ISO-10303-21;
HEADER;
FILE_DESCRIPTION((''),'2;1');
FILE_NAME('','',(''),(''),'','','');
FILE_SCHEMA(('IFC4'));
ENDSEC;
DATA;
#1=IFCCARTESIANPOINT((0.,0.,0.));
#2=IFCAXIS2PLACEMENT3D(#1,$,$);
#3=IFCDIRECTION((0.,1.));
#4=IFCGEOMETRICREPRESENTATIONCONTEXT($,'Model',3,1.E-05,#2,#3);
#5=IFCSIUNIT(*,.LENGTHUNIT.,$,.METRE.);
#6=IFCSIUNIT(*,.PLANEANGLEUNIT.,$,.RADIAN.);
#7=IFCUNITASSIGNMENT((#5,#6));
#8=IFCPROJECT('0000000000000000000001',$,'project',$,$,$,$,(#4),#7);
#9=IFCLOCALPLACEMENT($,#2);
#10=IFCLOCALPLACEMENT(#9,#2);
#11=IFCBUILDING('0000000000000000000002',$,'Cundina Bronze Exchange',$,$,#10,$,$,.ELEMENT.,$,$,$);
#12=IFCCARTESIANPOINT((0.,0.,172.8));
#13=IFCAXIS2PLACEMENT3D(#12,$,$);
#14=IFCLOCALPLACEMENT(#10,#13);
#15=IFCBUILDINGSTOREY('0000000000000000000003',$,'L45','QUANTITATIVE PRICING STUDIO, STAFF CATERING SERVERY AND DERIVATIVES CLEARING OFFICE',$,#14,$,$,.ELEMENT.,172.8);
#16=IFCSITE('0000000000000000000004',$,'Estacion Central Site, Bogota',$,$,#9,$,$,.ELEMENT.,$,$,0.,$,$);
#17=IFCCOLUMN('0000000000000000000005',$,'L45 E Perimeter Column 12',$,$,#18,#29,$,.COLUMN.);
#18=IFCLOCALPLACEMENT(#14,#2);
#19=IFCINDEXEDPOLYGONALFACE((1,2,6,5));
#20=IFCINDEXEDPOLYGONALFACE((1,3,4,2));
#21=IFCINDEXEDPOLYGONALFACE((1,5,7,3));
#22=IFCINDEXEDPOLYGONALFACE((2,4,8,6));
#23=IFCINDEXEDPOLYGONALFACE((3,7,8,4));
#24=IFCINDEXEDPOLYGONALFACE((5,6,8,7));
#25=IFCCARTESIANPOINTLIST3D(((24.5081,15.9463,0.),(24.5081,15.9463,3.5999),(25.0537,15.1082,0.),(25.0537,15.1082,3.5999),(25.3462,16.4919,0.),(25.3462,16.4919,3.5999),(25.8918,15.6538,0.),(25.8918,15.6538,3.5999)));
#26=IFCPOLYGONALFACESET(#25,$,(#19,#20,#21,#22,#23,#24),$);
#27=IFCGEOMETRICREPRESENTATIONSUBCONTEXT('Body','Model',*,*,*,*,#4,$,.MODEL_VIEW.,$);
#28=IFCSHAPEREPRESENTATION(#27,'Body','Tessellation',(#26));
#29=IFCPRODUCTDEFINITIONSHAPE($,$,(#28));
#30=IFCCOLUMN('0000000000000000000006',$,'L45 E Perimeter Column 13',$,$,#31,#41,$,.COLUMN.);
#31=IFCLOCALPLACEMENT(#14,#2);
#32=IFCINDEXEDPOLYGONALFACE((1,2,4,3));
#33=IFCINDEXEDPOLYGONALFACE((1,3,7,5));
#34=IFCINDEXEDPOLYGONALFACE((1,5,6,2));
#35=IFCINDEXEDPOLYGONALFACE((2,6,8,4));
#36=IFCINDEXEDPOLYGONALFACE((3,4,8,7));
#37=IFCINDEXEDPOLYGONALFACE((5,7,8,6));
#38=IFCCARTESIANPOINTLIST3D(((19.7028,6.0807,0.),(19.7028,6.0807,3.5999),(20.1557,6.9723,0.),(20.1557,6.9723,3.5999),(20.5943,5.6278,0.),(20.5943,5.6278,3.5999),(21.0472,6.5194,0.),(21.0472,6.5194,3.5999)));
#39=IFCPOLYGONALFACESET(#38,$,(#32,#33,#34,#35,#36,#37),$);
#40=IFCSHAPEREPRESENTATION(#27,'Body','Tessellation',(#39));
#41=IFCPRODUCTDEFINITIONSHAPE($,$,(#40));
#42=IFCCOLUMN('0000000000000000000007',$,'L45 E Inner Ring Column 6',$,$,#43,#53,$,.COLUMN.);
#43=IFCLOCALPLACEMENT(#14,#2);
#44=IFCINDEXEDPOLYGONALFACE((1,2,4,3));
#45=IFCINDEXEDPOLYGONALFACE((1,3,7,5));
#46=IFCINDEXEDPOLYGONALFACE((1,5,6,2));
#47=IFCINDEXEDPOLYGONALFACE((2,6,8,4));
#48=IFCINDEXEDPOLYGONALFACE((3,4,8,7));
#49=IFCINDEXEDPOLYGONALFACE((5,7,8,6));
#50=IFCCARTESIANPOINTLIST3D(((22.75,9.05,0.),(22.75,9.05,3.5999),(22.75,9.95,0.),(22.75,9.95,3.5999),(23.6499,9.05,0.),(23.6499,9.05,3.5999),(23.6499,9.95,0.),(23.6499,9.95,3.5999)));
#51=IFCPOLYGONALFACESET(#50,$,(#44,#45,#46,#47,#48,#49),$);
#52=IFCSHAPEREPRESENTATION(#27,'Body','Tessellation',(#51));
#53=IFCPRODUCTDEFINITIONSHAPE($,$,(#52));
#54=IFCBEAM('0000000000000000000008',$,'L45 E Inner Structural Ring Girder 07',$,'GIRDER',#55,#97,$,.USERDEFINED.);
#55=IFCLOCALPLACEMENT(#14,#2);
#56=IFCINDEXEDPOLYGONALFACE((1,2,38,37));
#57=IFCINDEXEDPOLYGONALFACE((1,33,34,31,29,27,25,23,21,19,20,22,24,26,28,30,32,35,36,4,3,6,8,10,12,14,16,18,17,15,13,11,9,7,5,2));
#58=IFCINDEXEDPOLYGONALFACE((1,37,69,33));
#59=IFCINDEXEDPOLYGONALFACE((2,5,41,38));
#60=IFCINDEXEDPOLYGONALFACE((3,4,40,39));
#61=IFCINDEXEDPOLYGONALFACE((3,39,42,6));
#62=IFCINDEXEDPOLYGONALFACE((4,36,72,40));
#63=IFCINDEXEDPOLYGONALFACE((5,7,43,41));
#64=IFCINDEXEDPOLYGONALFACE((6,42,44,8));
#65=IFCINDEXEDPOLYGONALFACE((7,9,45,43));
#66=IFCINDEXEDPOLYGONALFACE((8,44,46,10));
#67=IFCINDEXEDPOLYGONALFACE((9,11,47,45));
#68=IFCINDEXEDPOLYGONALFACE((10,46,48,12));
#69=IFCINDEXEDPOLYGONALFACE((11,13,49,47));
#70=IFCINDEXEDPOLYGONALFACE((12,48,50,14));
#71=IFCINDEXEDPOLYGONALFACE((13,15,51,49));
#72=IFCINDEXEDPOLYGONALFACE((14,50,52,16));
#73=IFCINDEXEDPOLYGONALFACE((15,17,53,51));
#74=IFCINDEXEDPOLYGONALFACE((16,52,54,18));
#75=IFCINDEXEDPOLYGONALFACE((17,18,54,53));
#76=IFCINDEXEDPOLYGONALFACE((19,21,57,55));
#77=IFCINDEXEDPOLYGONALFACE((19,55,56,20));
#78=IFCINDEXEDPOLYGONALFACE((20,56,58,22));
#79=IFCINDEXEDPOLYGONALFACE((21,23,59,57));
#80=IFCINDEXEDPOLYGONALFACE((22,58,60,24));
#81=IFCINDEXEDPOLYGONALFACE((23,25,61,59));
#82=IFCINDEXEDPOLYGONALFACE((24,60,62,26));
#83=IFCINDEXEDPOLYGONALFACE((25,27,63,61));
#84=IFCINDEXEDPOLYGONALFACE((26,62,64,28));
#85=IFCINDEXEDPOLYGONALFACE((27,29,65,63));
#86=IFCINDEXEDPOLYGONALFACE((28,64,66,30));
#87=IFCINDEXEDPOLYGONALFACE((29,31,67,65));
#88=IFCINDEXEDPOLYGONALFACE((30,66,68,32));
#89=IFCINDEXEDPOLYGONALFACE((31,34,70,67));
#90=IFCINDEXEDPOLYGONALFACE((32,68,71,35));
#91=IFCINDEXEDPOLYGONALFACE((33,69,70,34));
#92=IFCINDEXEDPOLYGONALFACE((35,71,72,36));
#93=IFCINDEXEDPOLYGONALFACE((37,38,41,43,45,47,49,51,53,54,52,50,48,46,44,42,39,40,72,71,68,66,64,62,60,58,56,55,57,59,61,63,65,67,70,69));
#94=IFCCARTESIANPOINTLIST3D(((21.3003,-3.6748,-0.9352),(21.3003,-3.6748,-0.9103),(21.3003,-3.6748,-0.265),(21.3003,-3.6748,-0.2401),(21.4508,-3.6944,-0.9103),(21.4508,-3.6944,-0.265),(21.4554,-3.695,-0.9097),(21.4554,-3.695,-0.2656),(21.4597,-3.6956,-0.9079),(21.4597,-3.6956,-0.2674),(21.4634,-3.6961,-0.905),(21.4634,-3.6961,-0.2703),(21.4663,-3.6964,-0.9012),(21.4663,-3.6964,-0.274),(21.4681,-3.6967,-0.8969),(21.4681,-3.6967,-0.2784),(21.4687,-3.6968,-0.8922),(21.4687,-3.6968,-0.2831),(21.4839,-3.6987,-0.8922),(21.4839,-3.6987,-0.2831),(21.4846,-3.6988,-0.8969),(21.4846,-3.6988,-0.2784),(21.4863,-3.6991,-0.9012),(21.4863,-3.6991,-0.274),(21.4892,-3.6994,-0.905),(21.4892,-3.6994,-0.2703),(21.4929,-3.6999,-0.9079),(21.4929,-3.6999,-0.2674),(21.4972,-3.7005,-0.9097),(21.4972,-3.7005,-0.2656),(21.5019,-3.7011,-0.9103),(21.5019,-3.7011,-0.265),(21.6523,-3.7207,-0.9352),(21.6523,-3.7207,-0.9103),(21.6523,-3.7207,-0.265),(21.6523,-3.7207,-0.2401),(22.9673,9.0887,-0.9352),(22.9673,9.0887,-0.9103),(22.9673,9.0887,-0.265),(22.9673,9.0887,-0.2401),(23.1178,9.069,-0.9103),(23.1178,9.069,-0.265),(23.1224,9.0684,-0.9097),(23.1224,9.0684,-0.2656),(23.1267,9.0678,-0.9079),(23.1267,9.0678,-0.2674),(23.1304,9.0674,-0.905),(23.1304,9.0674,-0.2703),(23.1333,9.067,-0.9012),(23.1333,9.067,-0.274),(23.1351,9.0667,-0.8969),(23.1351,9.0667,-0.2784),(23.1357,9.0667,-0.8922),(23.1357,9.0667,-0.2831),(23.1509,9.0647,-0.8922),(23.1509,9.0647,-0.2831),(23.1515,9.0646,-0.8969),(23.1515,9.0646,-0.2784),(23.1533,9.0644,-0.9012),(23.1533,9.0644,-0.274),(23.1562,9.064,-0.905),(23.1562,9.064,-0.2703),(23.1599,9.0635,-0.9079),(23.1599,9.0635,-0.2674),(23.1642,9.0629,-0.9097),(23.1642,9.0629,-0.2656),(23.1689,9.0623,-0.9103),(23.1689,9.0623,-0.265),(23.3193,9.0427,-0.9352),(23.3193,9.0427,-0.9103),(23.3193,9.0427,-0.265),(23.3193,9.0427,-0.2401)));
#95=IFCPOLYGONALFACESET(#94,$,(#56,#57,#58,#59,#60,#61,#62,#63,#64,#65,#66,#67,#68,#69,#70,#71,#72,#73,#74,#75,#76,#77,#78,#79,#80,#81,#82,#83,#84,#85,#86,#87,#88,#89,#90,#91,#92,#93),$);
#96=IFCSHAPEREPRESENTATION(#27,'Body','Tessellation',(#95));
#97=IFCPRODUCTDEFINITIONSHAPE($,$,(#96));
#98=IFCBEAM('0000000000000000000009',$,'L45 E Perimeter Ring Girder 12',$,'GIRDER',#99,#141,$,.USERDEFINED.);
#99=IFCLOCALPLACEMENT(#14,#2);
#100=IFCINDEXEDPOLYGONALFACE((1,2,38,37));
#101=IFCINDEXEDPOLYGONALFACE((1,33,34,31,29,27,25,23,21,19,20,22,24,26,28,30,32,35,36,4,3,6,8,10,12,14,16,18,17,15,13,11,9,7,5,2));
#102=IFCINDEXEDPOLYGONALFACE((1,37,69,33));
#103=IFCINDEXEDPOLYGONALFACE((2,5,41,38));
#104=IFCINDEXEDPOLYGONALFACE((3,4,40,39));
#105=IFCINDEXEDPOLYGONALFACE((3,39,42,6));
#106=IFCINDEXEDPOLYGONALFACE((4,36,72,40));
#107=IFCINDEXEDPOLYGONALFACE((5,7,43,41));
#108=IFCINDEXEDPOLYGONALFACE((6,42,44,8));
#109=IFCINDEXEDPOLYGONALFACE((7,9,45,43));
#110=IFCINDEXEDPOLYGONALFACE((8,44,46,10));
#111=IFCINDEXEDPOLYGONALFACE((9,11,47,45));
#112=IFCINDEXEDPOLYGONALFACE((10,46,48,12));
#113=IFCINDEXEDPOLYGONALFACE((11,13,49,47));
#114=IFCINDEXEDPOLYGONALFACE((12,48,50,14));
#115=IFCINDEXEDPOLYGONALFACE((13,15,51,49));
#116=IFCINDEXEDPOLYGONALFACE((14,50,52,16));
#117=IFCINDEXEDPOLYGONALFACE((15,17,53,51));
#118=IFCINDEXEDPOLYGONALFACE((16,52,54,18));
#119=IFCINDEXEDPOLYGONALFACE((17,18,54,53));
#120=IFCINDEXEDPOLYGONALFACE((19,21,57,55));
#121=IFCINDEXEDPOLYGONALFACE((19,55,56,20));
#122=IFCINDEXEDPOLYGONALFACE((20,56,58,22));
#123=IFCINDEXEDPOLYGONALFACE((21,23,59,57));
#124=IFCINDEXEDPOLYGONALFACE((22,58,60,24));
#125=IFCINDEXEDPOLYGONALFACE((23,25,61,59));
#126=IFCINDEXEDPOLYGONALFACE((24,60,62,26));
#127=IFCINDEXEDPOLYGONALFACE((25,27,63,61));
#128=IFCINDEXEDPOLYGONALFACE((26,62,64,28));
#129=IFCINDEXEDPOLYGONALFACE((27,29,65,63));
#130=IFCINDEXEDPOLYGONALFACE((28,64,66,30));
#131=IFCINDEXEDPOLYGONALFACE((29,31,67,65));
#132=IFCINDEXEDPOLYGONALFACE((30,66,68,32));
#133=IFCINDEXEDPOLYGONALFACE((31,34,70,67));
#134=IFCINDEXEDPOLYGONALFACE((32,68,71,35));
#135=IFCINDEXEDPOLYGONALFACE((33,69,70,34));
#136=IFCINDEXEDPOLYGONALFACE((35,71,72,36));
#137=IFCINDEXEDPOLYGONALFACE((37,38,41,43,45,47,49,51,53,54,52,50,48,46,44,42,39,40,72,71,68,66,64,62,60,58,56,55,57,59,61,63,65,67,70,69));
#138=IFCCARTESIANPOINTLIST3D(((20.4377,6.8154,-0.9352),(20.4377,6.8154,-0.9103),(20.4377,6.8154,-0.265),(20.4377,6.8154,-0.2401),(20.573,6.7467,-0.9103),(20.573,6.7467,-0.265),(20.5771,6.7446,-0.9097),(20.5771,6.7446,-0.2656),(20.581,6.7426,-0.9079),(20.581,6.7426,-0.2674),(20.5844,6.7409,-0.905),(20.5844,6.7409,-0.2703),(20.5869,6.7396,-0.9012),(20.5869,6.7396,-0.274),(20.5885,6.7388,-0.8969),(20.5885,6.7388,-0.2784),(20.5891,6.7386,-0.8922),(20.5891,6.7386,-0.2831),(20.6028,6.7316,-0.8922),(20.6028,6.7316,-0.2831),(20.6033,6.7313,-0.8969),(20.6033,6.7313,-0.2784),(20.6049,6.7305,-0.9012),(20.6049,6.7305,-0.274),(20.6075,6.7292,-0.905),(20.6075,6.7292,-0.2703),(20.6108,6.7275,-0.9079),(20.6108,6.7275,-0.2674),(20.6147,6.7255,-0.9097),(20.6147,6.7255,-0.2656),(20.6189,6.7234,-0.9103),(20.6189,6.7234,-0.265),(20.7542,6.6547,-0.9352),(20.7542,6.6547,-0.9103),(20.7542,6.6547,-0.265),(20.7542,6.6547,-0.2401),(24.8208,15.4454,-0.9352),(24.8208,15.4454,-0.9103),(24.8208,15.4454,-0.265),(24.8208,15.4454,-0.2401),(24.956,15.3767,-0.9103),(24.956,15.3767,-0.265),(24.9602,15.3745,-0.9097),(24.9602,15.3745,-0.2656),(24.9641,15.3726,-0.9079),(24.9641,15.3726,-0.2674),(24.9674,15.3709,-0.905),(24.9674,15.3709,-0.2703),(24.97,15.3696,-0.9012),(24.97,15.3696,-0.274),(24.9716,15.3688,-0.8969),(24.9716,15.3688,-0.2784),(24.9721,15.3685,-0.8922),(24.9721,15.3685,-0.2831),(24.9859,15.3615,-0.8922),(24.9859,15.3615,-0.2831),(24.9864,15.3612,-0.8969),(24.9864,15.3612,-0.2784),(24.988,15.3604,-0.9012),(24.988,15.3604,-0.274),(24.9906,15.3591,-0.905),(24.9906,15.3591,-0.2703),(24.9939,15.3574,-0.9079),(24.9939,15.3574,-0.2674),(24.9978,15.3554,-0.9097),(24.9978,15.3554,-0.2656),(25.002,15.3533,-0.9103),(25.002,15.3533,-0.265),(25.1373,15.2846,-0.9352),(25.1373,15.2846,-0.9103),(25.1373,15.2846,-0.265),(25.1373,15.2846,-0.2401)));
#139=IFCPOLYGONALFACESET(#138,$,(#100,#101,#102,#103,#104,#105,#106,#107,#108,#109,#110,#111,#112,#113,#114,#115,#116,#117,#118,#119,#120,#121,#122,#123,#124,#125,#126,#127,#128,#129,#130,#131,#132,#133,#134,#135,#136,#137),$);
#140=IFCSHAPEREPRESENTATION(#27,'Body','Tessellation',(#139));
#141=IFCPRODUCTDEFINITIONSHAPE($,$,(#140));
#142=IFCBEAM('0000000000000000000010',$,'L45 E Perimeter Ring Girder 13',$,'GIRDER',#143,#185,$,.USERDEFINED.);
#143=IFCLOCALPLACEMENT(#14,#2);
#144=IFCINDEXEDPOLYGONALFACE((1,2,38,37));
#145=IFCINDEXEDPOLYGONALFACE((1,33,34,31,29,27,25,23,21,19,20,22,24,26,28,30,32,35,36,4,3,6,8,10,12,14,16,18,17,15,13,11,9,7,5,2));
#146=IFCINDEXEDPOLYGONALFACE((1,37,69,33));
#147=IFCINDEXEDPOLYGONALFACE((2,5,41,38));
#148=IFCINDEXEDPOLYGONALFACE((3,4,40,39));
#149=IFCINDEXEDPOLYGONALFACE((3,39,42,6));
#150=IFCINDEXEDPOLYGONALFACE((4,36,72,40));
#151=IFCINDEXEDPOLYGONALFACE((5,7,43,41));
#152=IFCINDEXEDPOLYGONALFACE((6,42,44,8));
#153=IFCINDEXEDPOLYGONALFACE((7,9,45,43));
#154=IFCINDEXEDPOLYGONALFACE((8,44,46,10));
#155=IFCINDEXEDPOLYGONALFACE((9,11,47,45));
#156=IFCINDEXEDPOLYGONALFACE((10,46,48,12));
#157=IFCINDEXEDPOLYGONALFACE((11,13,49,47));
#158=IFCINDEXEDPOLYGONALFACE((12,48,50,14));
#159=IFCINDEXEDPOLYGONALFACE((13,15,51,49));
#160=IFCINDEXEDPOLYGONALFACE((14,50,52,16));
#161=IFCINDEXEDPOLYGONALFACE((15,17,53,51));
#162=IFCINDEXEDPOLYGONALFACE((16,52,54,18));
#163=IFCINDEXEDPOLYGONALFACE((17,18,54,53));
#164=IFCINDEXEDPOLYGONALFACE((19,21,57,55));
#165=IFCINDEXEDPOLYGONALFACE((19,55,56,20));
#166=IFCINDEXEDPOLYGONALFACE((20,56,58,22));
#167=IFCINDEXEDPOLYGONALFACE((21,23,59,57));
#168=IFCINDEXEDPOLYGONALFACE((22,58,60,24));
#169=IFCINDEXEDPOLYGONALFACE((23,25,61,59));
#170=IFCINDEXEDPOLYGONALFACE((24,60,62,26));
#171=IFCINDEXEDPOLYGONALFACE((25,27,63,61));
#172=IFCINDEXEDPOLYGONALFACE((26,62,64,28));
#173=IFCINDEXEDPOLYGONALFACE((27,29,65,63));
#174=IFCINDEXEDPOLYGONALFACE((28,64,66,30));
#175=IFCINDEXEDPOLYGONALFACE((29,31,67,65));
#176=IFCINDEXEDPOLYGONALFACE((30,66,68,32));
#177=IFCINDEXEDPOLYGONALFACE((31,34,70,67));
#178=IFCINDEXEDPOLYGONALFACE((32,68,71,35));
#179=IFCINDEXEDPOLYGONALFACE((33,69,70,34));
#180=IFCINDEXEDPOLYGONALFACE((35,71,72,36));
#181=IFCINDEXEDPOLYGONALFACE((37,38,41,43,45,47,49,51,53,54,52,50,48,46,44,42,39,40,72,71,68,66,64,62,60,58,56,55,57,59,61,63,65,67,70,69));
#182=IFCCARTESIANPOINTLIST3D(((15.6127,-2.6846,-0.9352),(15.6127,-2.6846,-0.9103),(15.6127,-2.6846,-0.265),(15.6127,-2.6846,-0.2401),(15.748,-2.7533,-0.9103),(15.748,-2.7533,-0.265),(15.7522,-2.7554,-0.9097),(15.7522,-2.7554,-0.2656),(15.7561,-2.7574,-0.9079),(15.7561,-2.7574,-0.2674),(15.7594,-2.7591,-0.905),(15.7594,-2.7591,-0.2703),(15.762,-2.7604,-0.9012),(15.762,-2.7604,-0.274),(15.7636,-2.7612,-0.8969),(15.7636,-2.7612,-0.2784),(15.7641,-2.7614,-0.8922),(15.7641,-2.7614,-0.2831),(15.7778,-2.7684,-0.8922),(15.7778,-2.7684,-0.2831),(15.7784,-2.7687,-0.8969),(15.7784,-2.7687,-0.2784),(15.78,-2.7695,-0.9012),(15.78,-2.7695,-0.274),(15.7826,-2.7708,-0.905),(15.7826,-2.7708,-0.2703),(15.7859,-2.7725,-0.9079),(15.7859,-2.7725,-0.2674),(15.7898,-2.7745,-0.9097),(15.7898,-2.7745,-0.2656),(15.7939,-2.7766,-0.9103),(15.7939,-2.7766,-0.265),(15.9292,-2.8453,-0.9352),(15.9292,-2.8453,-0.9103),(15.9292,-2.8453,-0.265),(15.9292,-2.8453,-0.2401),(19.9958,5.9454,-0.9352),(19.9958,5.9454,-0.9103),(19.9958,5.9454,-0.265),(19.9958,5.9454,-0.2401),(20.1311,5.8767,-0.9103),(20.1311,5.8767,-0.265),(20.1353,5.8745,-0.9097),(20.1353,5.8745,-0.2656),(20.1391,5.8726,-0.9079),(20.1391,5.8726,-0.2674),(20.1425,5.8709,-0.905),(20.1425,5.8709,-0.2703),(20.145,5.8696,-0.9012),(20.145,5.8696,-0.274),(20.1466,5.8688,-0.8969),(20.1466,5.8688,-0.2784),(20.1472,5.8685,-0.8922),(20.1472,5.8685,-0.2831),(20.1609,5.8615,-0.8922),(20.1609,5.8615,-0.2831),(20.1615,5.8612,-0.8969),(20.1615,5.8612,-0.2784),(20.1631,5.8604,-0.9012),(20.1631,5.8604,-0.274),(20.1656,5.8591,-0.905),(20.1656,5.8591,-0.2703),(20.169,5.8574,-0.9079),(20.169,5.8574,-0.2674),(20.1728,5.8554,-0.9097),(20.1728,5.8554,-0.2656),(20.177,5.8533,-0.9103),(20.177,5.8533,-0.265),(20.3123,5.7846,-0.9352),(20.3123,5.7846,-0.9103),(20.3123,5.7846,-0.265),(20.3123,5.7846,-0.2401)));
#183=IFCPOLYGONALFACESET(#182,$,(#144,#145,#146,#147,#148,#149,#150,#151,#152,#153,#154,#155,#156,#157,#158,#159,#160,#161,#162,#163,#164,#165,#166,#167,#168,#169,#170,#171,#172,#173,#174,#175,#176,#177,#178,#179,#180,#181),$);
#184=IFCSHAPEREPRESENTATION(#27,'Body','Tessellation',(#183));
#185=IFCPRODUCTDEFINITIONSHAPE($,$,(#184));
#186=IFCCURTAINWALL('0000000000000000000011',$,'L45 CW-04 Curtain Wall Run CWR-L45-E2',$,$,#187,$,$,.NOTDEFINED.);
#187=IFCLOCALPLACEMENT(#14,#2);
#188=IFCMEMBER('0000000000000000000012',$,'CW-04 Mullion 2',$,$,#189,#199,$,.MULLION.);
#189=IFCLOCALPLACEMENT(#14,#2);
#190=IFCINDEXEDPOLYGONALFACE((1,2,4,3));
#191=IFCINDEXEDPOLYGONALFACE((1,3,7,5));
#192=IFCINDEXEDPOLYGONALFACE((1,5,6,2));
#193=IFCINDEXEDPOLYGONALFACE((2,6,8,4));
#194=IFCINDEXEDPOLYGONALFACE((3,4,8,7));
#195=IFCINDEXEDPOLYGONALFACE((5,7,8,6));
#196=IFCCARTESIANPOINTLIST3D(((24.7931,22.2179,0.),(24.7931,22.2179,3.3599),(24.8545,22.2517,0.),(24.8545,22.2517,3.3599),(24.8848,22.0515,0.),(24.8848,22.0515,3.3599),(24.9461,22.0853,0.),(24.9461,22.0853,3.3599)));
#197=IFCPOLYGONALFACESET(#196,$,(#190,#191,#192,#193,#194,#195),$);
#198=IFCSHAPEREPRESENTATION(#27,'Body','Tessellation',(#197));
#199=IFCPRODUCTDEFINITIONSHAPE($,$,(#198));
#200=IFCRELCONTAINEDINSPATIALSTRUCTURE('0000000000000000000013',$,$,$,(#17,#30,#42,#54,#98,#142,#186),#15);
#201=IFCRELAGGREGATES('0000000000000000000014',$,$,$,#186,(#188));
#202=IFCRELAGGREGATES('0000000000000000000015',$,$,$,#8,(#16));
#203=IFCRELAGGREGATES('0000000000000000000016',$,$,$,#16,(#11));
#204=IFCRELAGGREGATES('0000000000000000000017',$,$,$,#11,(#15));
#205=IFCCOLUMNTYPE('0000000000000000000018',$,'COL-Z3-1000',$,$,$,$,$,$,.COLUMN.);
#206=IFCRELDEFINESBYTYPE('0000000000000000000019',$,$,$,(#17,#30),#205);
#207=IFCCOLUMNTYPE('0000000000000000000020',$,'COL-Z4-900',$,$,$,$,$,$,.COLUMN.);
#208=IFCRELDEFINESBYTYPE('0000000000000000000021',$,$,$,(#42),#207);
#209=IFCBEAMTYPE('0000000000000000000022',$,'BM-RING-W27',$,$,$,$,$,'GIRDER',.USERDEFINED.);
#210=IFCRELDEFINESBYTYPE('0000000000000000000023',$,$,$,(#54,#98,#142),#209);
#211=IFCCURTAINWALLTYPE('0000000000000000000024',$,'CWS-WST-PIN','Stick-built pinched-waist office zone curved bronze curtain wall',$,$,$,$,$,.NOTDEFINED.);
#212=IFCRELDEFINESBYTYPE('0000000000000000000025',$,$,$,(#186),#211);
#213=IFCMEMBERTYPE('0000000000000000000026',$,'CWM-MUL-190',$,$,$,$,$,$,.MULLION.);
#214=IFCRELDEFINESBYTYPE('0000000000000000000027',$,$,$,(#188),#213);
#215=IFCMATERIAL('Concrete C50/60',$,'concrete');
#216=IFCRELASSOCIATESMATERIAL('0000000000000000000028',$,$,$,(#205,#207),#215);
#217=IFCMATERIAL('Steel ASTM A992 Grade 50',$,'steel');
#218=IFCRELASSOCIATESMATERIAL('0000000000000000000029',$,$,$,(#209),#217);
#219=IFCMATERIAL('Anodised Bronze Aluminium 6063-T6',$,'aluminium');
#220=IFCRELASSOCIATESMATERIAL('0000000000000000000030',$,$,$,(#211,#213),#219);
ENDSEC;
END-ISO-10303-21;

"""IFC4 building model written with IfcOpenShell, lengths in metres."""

from ifc_helpers import new_model, si_unit, direction, frame, origin, origin_2d, place, context, subcontext, project, spatial, rectangle, i_section, extrude, material, material_profile, profile_set, type_object, element, aggregate, save


model = new_model("IFC4")

# Units and contexts
model_context = context("Model", 3, precision=1e-05, world=origin(), true_north=direction((0.0, 1.0)))
body_context = subcontext(model_context, "Body", "Model", "MODEL_VIEW")
ifc_project = project(units=[si_unit("LENGTHUNIT", "METRE"), si_unit("PLANEANGLEUNIT", "RADIAN")], contexts=[model_context])

# Site, building, storey
site_placement = place(None, origin())
site = spatial("IfcSite", under=ifc_project, at=site_placement, Name="Estacion Central Site, Bogota", CompositionType="ELEMENT", RefElevation=0.0)
building_placement = place(site_placement, origin())
building = spatial("IfcBuilding", under=site, at=building_placement, Name="Cundina Bronze Exchange", CompositionType="ELEMENT")
storey_placement = place(building_placement, frame((0.0, 0.0, 172.8)))
storey = spatial("IfcBuildingStorey", under=building, at=storey_placement, Name="L45", Description="QUANTITATIVE PRICING STUDIO, STAFF CATERING SERVERY AND DERIVATIVES CLEARING OFFICE", CompositionType="ELEMENT", Elevation=172.8)

# Columns
ifc_material_1 = material(Name="Concrete C50/60", Category="concrete")
ifc_material_profile_1 = material_profile(ifc_material_1, rectangle(XDim=1.0, YDim=1.0, at=origin_2d()), Name="RC1000X1000", Category="concrete")
ifc_profile_set_1 = profile_set([ifc_material_profile_1], Name="Concrete C50/60")
column_type_1 = type_object("IfcColumnType", Name="COL-Z3-1000", PredefinedType="COLUMN", material=ifc_profile_set_1)
for number, where, z_axis, x_axis, name in (
    (1, (25.2, 15.8, 0.0), (0.0, 0.0, 1.0), (-0.8381, -0.545517, 0.0), "L45 E Perimeter Column 12"),
    (2, (20.375, 6.3, 0.0), (0.0, 0.0, 1.0), (-0.452902, -0.891561, 0.0), "L45 E Perimeter Column 13"),
):
    element("IfcColumn", number, at=place(storey_placement, frame(where, z_axis=z_axis, x_axis=x_axis)), inside=storey, type_object=column_type_1, Name=name, PredefinedType="COLUMN", context=body_context, shape_type="SweptSolid", body=[
        extrude(rectangle(XDim=1.0, YDim=1.0, at=origin_2d()), origin(), (0.0, 0.0, 1.0), 3.5999),
    ])
ifc_material_profile_2 = material_profile(ifc_material_1, rectangle(XDim=0.8999, YDim=0.8999, at=origin_2d()), Name="RC900X900", Category="concrete")
ifc_profile_set_2 = profile_set([ifc_material_profile_2], Name="Concrete C50/60")
column_type_2 = type_object("IfcColumnType", Name="COL-Z4-900", PredefinedType="COLUMN", material=ifc_profile_set_2)
column_placement = place(storey_placement, frame((23.2, 9.5, 0.0), z_axis=(0.0, 0.0, 1.0), x_axis=(1.0, 0.0, 0.0)))
element("IfcColumn", 3, at=column_placement, inside=storey, type_object=column_type_2, Name="L45 E Inner Ring Column 6", PredefinedType="COLUMN", context=body_context, shape_type="SweptSolid", body=[
    extrude(rectangle(XDim=0.8999, YDim=0.8999, at=origin_2d()), origin(), (0.0, 0.0, 1.0), 3.5999),
])

# Beams
ifc_material_2 = material(Name="Steel ASTM A992 Grade 50", Category="steel")
ifc_material_profile_3 = material_profile(ifc_material_2, i_section(OverallWidth=0.355, OverallDepth=0.6951, WebThickness=0.0154, FlangeThickness=0.0249, FilletRadius=0.0181, at=origin_2d()), Name="W27X146", Category="steel")
ifc_profile_set_3 = profile_set([ifc_material_profile_3], Name="Steel ASTM A992 Grade 50")
beam_type = type_object("IfcBeamType", Name="BM-RING-W27", ElementType="GIRDER", PredefinedType="USERDEFINED", material=ifc_profile_set_3)
beam_placement = place(storey_placement, frame((23.1433, 9.0657, -0.5876), z_axis=(-0.129507, -0.991579, 0.0), x_axis=(0.991579, -0.129507, 0.0)))
element("IfcBeam", 4, at=beam_placement, inside=storey, type_object=beam_type, Name="L45 E Inner Structural Ring Girder 07", ObjectType="GIRDER", PredefinedType="USERDEFINED", context=body_context, shape_type="SweptSolid", body=[
    extrude(i_section(OverallWidth=0.355, OverallDepth=0.6951, WebThickness=0.0154, FlangeThickness=0.0249, FilletRadius=0.0181, at=origin_2d()), origin(), (0.0, 0.0, 1.0), 12.8718),
])
for number, where, z_axis, x_axis, name in (
    (5, (24.979, 15.365, -0.5876), (-0.452835, -0.891595, 0.0), (0.891595, -0.452835, 0.0), "L45 E Perimeter Ring Girder 12"),
    (6, (20.1541, 5.865, -0.5876), (-0.452835, -0.891595, 0.0), (0.891595, -0.452835, 0.0), "L45 E Perimeter Ring Girder 13"),
):
    element("IfcBeam", number, at=place(storey_placement, frame(where, z_axis=z_axis, x_axis=x_axis)), inside=storey, type_object=beam_type, Name=name, ObjectType="GIRDER", PredefinedType="USERDEFINED", context=body_context, shape_type="SweptSolid", body=[
        extrude(i_section(OverallWidth=0.355, OverallDepth=0.6951, WebThickness=0.0154, FlangeThickness=0.0249, FilletRadius=0.0181, at=origin_2d()), origin(), (0.0, 0.0, 1.0), 9.6792),
    ])

# Curtain wall, member
ifc_material_3 = material(Name="Anodised Bronze Aluminium 6063-T6", Category="aluminium")
curtain_wall_type = type_object("IfcCurtainWallType", Name="CWS-WST-PIN", Description="Stick-built pinched-waist office zone curved bronze curtain wall", PredefinedType="NOTDEFINED", material=ifc_material_3)
curtain_wall_placement = place(storey_placement, origin())
curtain_wall = element("IfcCurtainWall", 7, at=curtain_wall_placement, inside=storey, type_object=curtain_wall_type, Name="L45 CW-04 Curtain Wall Run CWR-L45-E2", PredefinedType="NOTDEFINED")
ifc_material_profile_4 = material_profile(ifc_material_3, rectangle(XDim=0.0701, YDim=0.1899, at=origin_2d()), Name="AL70X190", Category="aluminium")
ifc_profile_set_4 = profile_set([ifc_material_profile_4], Name="Anodised Bronze Aluminium 6063-T6")
member_type_1 = type_object("IfcMemberType", Name="CWM-MUL-190", PredefinedType="MULLION", material=ifc_profile_set_4)
member_1_placement = place(storey_placement, frame((24.8696, 22.1516, 0.0), z_axis=(0.0, 0.0, 1.0), x_axis=(-0.875886, -0.482518, 0.0)))
member_1 = element("IfcMember", 8, at=member_1_placement, type_object=member_type_1, Name="CW-04 Mullion 2", PredefinedType="MULLION", context=body_context, shape_type="SweptSolid", body=[
    extrude(rectangle(XDim=0.0701, YDim=0.1899, at=origin_2d()), origin(), (0.0, 0.0, 1.0), 3.3599),
])
aggregate(curtain_wall, [member_1])

save(model, "model.ifc")
